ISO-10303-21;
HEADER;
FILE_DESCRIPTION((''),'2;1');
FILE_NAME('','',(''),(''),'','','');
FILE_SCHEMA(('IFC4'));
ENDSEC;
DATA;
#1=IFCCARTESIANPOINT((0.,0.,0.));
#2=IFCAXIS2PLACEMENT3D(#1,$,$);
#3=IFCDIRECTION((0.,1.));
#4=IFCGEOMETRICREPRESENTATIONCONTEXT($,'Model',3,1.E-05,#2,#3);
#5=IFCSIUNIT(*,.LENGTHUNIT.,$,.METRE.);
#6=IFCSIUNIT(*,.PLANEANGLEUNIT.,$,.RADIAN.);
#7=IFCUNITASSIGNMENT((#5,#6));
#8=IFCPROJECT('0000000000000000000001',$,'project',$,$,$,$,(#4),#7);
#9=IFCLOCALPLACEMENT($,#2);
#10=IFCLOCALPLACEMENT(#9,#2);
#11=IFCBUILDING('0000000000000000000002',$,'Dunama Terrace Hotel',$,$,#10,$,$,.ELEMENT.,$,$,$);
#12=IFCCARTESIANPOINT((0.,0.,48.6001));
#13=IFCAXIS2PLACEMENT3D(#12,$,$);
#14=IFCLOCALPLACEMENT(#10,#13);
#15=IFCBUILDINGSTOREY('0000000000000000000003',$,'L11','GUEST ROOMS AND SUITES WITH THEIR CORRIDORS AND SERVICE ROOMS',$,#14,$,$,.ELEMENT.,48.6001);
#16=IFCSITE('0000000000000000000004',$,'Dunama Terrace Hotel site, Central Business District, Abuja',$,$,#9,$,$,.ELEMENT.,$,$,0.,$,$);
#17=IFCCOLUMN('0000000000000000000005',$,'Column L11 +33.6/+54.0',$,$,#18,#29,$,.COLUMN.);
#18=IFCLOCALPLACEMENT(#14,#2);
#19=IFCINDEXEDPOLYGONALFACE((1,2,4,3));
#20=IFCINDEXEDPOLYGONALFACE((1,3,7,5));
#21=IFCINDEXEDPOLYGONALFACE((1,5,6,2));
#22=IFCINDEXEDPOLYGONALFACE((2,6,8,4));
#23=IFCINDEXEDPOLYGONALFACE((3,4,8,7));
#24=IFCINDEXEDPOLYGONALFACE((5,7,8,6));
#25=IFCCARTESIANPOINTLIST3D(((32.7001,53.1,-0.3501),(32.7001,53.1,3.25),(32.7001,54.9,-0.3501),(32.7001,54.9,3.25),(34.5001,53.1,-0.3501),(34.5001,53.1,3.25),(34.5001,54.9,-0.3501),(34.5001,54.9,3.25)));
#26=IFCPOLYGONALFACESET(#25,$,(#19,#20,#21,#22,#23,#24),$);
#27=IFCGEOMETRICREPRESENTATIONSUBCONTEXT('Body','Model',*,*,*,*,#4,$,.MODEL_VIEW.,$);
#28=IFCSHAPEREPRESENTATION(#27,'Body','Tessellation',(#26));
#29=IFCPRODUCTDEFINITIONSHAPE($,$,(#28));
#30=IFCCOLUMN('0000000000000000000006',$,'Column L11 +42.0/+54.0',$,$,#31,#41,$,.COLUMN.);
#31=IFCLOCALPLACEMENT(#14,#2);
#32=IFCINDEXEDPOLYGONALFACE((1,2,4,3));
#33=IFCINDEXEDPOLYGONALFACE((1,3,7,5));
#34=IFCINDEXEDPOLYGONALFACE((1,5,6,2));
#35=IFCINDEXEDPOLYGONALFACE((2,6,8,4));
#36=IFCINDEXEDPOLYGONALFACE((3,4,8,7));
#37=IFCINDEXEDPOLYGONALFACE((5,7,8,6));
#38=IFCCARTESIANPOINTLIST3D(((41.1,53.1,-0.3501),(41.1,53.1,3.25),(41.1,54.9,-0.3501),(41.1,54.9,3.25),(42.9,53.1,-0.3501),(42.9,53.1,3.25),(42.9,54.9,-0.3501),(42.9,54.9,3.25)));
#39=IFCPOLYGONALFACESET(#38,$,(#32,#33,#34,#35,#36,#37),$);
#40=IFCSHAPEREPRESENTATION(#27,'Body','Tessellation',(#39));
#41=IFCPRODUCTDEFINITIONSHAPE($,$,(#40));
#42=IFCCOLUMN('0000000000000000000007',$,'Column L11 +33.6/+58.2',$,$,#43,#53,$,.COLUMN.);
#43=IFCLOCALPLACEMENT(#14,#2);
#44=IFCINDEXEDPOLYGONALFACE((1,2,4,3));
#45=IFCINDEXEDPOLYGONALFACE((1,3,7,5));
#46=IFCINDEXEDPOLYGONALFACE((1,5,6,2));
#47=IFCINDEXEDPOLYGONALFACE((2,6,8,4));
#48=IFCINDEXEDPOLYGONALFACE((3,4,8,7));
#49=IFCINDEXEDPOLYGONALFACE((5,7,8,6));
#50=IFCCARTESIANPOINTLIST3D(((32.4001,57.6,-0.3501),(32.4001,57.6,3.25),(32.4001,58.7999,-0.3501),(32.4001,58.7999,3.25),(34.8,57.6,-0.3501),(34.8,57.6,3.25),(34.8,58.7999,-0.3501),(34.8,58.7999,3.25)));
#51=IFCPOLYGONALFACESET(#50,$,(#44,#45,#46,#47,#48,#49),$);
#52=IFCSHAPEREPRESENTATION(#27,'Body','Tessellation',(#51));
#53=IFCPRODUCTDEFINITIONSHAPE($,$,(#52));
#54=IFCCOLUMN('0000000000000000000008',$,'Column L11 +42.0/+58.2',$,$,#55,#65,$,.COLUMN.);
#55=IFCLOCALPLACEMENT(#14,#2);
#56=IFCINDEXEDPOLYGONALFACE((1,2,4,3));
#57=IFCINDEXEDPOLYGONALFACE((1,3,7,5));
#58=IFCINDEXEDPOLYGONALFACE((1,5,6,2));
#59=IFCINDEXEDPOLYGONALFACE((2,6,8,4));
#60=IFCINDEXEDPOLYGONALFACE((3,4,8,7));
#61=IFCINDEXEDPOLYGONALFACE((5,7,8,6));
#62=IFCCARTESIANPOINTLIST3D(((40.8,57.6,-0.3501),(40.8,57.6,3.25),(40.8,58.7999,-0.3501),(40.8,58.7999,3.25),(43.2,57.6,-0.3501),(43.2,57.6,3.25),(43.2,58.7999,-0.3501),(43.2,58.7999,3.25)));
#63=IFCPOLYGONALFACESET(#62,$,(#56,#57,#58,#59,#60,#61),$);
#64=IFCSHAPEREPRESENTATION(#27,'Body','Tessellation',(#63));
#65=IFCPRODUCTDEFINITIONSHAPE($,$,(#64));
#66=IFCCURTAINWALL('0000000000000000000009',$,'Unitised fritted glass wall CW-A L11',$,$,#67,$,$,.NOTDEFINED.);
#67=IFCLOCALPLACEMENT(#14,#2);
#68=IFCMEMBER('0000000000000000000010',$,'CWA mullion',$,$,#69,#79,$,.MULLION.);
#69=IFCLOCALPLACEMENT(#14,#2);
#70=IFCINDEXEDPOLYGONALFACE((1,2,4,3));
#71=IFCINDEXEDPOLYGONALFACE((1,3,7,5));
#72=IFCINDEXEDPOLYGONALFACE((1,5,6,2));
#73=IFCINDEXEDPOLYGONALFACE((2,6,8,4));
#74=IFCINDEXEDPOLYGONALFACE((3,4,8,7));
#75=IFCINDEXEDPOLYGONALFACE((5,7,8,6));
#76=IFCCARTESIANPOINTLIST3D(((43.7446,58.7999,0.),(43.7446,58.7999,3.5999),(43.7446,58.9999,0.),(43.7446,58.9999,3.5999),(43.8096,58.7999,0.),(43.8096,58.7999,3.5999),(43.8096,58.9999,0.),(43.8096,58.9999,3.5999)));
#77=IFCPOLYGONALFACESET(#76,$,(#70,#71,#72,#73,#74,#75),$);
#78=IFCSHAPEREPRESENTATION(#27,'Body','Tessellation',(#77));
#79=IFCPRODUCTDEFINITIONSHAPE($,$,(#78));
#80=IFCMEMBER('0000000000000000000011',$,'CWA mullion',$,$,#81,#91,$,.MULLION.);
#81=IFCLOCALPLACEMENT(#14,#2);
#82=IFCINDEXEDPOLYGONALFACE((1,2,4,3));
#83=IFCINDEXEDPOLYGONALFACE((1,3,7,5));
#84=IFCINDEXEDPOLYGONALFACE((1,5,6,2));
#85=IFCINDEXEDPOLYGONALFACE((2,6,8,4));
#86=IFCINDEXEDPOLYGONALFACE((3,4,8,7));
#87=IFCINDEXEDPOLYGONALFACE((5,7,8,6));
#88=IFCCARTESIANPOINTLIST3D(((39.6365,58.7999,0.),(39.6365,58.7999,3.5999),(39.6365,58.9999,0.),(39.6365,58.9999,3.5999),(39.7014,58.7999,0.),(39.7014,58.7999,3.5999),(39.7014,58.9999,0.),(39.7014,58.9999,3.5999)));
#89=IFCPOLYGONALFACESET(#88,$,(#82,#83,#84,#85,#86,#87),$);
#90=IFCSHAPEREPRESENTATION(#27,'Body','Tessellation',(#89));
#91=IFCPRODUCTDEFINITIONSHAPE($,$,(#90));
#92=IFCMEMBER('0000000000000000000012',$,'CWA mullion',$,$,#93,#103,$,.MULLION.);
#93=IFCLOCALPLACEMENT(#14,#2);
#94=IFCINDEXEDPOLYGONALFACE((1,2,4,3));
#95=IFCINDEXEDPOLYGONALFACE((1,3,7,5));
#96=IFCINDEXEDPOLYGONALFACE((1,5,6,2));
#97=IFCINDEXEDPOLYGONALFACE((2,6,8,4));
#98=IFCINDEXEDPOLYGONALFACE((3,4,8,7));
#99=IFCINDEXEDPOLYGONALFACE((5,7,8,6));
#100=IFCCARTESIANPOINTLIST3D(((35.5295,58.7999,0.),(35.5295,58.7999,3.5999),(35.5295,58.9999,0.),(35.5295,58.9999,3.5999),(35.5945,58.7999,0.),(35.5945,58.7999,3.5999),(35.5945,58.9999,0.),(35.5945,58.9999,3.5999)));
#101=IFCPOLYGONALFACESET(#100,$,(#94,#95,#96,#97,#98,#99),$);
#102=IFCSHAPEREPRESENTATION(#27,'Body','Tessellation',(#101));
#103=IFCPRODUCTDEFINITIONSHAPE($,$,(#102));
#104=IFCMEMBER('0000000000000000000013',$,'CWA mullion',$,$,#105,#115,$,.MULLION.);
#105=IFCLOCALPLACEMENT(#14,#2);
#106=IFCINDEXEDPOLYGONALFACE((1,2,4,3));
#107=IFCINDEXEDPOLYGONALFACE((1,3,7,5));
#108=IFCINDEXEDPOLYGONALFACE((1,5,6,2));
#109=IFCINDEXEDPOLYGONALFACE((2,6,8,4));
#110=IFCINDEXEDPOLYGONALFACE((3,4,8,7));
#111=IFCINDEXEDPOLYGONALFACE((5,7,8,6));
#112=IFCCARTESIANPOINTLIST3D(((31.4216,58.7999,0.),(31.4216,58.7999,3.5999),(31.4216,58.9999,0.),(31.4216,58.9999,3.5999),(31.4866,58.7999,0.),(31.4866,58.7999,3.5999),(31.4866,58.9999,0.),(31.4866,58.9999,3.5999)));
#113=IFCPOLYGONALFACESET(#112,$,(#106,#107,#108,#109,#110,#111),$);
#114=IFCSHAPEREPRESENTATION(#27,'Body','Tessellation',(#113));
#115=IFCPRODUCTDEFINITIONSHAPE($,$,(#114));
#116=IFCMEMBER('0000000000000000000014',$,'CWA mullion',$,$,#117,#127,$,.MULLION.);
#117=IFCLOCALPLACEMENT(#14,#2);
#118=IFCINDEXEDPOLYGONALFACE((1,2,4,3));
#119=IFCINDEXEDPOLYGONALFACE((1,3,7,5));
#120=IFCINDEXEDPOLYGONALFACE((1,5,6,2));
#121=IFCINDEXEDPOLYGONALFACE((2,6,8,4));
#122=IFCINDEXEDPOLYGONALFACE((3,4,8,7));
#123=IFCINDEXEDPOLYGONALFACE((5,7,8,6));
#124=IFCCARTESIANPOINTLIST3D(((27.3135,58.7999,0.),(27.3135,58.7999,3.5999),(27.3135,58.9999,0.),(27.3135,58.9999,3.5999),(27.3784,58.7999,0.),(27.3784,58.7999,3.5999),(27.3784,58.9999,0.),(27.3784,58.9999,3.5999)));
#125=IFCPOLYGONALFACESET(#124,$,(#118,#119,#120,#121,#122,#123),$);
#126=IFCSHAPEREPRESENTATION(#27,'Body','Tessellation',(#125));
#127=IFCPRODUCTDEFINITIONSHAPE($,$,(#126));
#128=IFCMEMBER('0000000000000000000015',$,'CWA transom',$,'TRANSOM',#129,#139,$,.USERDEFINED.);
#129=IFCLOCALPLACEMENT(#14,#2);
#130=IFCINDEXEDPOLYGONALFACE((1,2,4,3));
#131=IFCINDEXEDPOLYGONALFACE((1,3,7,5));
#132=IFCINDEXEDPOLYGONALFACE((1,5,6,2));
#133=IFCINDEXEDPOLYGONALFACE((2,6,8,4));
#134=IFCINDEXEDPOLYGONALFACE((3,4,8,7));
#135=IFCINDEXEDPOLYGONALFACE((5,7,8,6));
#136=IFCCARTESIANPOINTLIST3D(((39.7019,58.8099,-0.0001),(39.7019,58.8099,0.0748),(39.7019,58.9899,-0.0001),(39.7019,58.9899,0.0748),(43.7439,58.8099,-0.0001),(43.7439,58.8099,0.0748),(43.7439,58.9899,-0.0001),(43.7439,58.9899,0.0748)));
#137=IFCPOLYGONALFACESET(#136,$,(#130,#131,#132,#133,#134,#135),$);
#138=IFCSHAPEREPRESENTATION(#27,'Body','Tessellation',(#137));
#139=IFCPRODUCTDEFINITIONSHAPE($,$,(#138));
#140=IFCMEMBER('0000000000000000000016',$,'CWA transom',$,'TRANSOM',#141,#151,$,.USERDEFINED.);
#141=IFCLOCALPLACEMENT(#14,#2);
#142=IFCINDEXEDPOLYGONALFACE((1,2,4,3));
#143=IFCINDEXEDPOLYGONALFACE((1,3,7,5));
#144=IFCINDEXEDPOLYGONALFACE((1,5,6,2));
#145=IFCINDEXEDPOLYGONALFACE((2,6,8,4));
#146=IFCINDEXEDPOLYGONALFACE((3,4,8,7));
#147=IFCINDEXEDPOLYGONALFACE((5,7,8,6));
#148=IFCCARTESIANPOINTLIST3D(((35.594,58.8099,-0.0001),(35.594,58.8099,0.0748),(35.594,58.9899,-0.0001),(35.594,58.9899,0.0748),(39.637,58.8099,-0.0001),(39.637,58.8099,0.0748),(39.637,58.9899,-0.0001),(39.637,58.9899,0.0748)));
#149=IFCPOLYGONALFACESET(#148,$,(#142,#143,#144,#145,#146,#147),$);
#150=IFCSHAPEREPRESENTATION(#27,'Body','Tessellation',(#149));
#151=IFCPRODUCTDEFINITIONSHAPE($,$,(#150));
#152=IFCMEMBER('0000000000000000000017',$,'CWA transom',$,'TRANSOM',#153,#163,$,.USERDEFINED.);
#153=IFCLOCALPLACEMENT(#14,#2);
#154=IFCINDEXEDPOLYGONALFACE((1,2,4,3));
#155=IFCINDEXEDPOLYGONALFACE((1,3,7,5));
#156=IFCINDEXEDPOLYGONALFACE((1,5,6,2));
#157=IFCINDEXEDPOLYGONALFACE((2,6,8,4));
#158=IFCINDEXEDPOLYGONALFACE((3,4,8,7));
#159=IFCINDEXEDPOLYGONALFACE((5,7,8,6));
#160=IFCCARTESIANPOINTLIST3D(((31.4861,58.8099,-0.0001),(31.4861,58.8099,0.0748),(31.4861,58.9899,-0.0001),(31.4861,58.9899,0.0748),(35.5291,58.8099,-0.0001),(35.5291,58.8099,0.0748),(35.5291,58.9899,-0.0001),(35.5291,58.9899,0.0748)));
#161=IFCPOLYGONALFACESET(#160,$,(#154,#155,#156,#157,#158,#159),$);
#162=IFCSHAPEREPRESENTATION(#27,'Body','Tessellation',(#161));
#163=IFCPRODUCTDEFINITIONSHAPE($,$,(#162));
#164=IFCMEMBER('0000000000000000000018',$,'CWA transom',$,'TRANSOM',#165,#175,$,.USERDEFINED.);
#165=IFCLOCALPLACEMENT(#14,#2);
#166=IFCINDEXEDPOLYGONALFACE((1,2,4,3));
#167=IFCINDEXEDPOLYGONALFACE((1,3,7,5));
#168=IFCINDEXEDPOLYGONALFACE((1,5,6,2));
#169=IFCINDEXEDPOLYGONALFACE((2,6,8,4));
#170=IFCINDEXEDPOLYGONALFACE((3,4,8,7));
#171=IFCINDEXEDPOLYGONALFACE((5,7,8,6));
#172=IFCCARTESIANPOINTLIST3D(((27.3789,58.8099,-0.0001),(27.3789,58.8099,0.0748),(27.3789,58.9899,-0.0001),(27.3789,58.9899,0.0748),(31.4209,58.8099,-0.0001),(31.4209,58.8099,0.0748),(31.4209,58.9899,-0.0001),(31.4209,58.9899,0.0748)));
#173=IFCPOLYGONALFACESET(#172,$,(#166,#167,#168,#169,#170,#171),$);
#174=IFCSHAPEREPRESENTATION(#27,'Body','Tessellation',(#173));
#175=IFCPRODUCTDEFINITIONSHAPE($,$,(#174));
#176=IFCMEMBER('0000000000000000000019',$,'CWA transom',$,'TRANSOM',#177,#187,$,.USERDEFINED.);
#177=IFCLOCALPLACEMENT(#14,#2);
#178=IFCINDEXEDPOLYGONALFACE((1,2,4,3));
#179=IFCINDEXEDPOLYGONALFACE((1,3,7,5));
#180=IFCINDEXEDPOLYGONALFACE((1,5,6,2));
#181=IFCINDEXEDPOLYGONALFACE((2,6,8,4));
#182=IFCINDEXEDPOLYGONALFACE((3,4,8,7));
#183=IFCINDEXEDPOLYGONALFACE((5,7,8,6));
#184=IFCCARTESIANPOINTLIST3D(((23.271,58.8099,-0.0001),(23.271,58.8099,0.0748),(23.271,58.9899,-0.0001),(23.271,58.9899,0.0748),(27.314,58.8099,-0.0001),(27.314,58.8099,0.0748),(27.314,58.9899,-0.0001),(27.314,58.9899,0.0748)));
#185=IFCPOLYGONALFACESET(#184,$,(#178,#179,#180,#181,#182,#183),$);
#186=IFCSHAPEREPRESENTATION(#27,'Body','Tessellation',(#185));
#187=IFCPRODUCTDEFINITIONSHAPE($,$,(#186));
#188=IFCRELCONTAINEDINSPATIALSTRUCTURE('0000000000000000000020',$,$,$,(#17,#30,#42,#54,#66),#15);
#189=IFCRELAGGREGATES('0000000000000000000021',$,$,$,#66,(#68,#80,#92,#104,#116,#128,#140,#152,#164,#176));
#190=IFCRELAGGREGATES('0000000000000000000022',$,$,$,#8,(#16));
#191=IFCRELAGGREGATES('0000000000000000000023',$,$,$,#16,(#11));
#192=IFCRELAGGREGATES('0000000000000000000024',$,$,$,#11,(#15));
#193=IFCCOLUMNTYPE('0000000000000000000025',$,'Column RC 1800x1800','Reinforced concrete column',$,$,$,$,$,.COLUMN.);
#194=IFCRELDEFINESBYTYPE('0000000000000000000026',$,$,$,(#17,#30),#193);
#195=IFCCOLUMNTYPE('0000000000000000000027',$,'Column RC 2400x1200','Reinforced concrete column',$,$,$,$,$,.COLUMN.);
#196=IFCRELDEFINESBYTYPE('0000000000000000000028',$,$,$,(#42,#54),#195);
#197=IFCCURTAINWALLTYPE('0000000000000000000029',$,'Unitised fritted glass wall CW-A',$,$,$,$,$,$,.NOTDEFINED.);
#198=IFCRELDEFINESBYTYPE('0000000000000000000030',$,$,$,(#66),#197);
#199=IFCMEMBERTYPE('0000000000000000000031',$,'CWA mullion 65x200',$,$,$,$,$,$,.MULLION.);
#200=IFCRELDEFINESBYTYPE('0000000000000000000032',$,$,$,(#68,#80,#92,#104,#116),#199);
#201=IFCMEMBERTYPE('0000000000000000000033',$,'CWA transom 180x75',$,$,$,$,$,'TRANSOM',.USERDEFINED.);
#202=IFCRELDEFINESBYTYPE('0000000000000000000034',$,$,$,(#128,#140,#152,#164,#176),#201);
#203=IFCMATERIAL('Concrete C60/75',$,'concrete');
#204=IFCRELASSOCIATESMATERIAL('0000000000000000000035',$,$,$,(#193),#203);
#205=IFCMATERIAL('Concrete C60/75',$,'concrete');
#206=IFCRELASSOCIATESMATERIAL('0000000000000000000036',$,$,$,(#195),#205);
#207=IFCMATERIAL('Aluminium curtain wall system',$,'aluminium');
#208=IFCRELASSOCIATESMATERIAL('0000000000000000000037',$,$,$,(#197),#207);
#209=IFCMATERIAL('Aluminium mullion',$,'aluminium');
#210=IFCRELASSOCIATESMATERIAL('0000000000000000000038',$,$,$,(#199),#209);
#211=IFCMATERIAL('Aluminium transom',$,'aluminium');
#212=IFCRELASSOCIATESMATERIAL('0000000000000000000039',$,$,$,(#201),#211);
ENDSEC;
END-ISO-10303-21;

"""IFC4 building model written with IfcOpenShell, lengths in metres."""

from ifc_helpers import new_model, si_unit, direction, frame, origin, origin_2d, place, context, subcontext, project, spatial, rectangle, extrude, material, material_profile, profile_set, type_object, element, aggregate, save


model = new_model("IFC4")

# Units and contexts
model_context = context("Model", 3, precision=1e-05, world=origin(), true_north=direction((0.0, 1.0)))
body_context = subcontext(model_context, "Body", "Model", "MODEL_VIEW")
ifc_project = project(units=[si_unit("LENGTHUNIT", "METRE"), si_unit("PLANEANGLEUNIT", "RADIAN")], contexts=[model_context])

# Site, building, storey
site_placement = place(None, origin())
site = spatial("IfcSite", under=ifc_project, at=site_placement, Name="Dunama Terrace Hotel site, Central Business District, Abuja", CompositionType="ELEMENT", RefElevation=0.0)
building_placement = place(site_placement, origin())
building = spatial("IfcBuilding", under=site, at=building_placement, Name="Dunama Terrace Hotel", CompositionType="ELEMENT")
storey_placement = place(building_placement, frame((0.0, 0.0, 48.6001)))
storey = spatial("IfcBuildingStorey", under=building, at=storey_placement, Name="L11", Description="GUEST ROOMS AND SUITES WITH THEIR CORRIDORS AND SERVICE ROOMS", CompositionType="ELEMENT", Elevation=48.6001)

# Columns
ifc_material_1 = material(Name="Concrete C60/75", Category="concrete")
ifc_material_profile_1 = material_profile(ifc_material_1, rectangle(XDim=1.8, YDim=1.8, at=origin_2d()), Name="RC 1800x1800")
ifc_profile_set_1 = profile_set([ifc_material_profile_1], Name="Concrete C60/75")
column_type_1 = type_object("IfcColumnType", Name="Column RC 1800x1800", Description="Reinforced concrete column", PredefinedType="COLUMN", material=ifc_profile_set_1)
for number, where, z_axis, x_axis, name in (
    (1, (33.6001, 54.0, -0.3501), (0.0, 0.0, 1.0), (1.0, 0.0, 0.0), "Column L11 +33.6/+54.0"),
    (2, (42.0, 54.0, -0.3501), (0.0, 0.0, 1.0), (1.0, 0.0, 0.0), "Column L11 +42.0/+54.0"),
):
    element("IfcColumn", number, at=place(storey_placement, frame(where, z_axis=z_axis, x_axis=x_axis)), inside=storey, type_object=column_type_1, Name=name, PredefinedType="COLUMN", context=body_context, shape_type="SweptSolid", body=[
        extrude(rectangle(XDim=1.8, YDim=1.8, at=origin_2d()), origin(), (0.0, 0.0, 1.0), 3.6001),
    ])
ifc_material_2 = material(Name="Concrete C60/75", Category="concrete")
ifc_material_profile_2 = material_profile(ifc_material_2, rectangle(XDim=2.3999, YDim=1.2, at=origin_2d()), Name="RC 2400x1200")
ifc_profile_set_2 = profile_set([ifc_material_profile_2], Name="Concrete C60/75")
column_type_2 = type_object("IfcColumnType", Name="Column RC 2400x1200", Description="Reinforced concrete column", PredefinedType="COLUMN", material=ifc_profile_set_2)
for number, where, z_axis, x_axis, name in (
    (3, (33.6001, 58.2, -0.3501), (0.0, 0.0, 1.0), (1.0, 0.0, 0.0), "Column L11 +33.6/+58.2"),
    (4, (42.0, 58.2, -0.3501), (0.0, 0.0, 1.0), (1.0, 0.0, 0.0), "Column L11 +42.0/+58.2"),
):
    element("IfcColumn", number, at=place(storey_placement, frame(where, z_axis=z_axis, x_axis=x_axis)), inside=storey, type_object=column_type_2, Name=name, PredefinedType="COLUMN", context=body_context, shape_type="SweptSolid", body=[
        extrude(rectangle(XDim=2.3999, YDim=1.2, at=origin_2d()), origin(), (0.0, 0.0, 1.0), 3.6001),
    ])

# Curtain wall, members
ifc_material_3 = material(Name="Aluminium curtain wall system", Category="aluminium")
curtain_wall_type = type_object("IfcCurtainWallType", Name="Unitised fritted glass wall CW-A", PredefinedType="NOTDEFINED", material=ifc_material_3)
curtain_wall_placement = place(storey_placement, origin())
curtain_wall = element("IfcCurtainWall", 5, at=curtain_wall_placement, inside=storey, type_object=curtain_wall_type, Name="Unitised fritted glass wall CW-A L11", PredefinedType="NOTDEFINED")
ifc_material_4 = material(Name="Aluminium mullion", Category="aluminium")
ifc_material_profile_3 = material_profile(ifc_material_4, rectangle(XDim=0.0649, YDim=0.2, at=origin_2d()), Name="CWA MULLION 65X200")
ifc_profile_set_3 = profile_set([ifc_material_profile_3], Name="Aluminium mullion")
member_type_1 = type_object("IfcMemberType", Name="CWA mullion 65x200", PredefinedType="MULLION", material=ifc_profile_set_3)
member_1_placement = place(storey_placement, frame((43.7771, 58.8999, 0.0), z_axis=(0.0, 0.0, 1.0), x_axis=(-1.0, 0.0, 0.0)))
member_1 = element("IfcMember", 6, at=member_1_placement, type_object=member_type_1, Name="CWA mullion", PredefinedType="MULLION", context=body_context, shape_type="SweptSolid", body=[
    extrude(rectangle(XDim=0.0649, YDim=0.2, at=origin_2d()), origin(), (0.0, 0.0, 1.0), 3.5999),
])
member_2_placement = place(storey_placement, frame((39.6689, 58.8999, 0.0), z_axis=(0.0, 0.0, 1.0), x_axis=(-1.0, 0.0, 0.0)))
member_2 = element("IfcMember", 7, at=member_2_placement, type_object=member_type_1, Name="CWA mullion", PredefinedType="MULLION", context=body_context, shape_type="SweptSolid", body=[
    extrude(rectangle(XDim=0.0649, YDim=0.2, at=origin_2d()), origin(), (0.0, 0.0, 1.0), 3.5999),
])
member_3_placement = place(storey_placement, frame((35.562, 58.8999, 0.0), z_axis=(0.0, 0.0, 1.0), x_axis=(-1.0, 0.0, 0.0)))
member_3 = element("IfcMember", 8, at=member_3_placement, type_object=member_type_1, Name="CWA mullion", PredefinedType="MULLION", context=body_context, shape_type="SweptSolid", body=[
    extrude(rectangle(XDim=0.0649, YDim=0.2, at=origin_2d()), origin(), (0.0, 0.0, 1.0), 3.5999),
])
member_4_placement = place(storey_placement, frame((31.4541, 58.8999, 0.0), z_axis=(0.0, 0.0, 1.0), x_axis=(-1.0, 0.0, 0.0)))
member_4 = element("IfcMember", 9, at=member_4_placement, type_object=member_type_1, Name="CWA mullion", PredefinedType="MULLION", context=body_context, shape_type="SweptSolid", body=[
    extrude(rectangle(XDim=0.0649, YDim=0.2, at=origin_2d()), origin(), (0.0, 0.0, 1.0), 3.5999),
])
member_5_placement = place(storey_placement, frame((27.3459, 58.8999, 0.0), z_axis=(0.0, 0.0, 1.0), x_axis=(-1.0, 0.0, 0.0)))
member_5 = element("IfcMember", 10, at=member_5_placement, type_object=member_type_1, Name="CWA mullion", PredefinedType="MULLION", context=body_context, shape_type="SweptSolid", body=[
    extrude(rectangle(XDim=0.0649, YDim=0.2, at=origin_2d()), origin(), (0.0, 0.0, 1.0), 3.5999),
])
ifc_material_5 = material(Name="Aluminium transom", Category="aluminium")
ifc_material_profile_4 = material_profile(ifc_material_5, rectangle(XDim=0.1799, YDim=0.075, at=origin_2d()), Name="CWA TRANSOM 180X75")
ifc_profile_set_4 = profile_set([ifc_material_profile_4], Name="Aluminium transom")
member_type_2 = type_object("IfcMemberType", Name="CWA transom 180x75", ElementType="TRANSOM", PredefinedType="USERDEFINED", material=ifc_profile_set_4)
member_6_placement = place(storey_placement, frame((43.7439, 58.8999, 0.0374), z_axis=(-1.0, 0.0, 0.0), x_axis=(0.0, -1.0, 0.0)))
member_6 = element("IfcMember", 11, at=member_6_placement, type_object=member_type_2, Name="CWA transom", ObjectType="TRANSOM", PredefinedType="USERDEFINED", context=body_context, shape_type="SweptSolid", body=[
    extrude(rectangle(XDim=0.1799, YDim=0.075, at=origin_2d()), origin(), (0.0, 0.0, 1.0), 4.042),
])
member_7_placement = place(storey_placement, frame((39.637, 58.8999, 0.0374), z_axis=(-1.0, 0.0, 0.0), x_axis=(0.0, -1.0, 0.0)))
member_7 = element("IfcMember", 12, at=member_7_placement, type_object=member_type_2, Name="CWA transom", ObjectType="TRANSOM", PredefinedType="USERDEFINED", context=body_context, shape_type="SweptSolid", body=[
    extrude(rectangle(XDim=0.1799, YDim=0.075, at=origin_2d()), origin(), (0.0, 0.0, 1.0), 4.043),
])
member_8_placement = place(storey_placement, frame((35.5291, 58.8999, 0.0374), z_axis=(-1.0, 0.0, 0.0), x_axis=(0.0, -1.0, 0.0)))
member_8 = element("IfcMember", 13, at=member_8_placement, type_object=member_type_2, Name="CWA transom", ObjectType="TRANSOM", PredefinedType="USERDEFINED", context=body_context, shape_type="SweptSolid", body=[
    extrude(rectangle(XDim=0.1799, YDim=0.075, at=origin_2d()), origin(), (0.0, 0.0, 1.0), 4.043),
])
member_9_placement = place(storey_placement, frame((31.4209, 58.8999, 0.0374), z_axis=(-1.0, 0.0, 0.0), x_axis=(0.0, -1.0, 0.0)))
member_9 = element("IfcMember", 14, at=member_9_placement, type_object=member_type_2, Name="CWA transom", ObjectType="TRANSOM", PredefinedType="USERDEFINED", context=body_context, shape_type="SweptSolid", body=[
    extrude(rectangle(XDim=0.1799, YDim=0.075, at=origin_2d()), origin(), (0.0, 0.0, 1.0), 4.042),
])
member_10_placement = place(storey_placement, frame((27.314, 58.8999, 0.0374), z_axis=(-1.0, 0.0, 0.0), x_axis=(0.0, -1.0, 0.0)))
member_10 = element("IfcMember", 15, at=member_10_placement, type_object=member_type_2, Name="CWA transom", ObjectType="TRANSOM", PredefinedType="USERDEFINED", context=body_context, shape_type="SweptSolid", body=[
    extrude(rectangle(XDim=0.1799, YDim=0.075, at=origin_2d()), origin(), (0.0, 0.0, 1.0), 4.043),
])

aggregate(curtain_wall, [member_1, member_2, member_3, member_4, member_5, member_6, member_7, member_8, member_9, member_10])

save(model, "model.ifc")
